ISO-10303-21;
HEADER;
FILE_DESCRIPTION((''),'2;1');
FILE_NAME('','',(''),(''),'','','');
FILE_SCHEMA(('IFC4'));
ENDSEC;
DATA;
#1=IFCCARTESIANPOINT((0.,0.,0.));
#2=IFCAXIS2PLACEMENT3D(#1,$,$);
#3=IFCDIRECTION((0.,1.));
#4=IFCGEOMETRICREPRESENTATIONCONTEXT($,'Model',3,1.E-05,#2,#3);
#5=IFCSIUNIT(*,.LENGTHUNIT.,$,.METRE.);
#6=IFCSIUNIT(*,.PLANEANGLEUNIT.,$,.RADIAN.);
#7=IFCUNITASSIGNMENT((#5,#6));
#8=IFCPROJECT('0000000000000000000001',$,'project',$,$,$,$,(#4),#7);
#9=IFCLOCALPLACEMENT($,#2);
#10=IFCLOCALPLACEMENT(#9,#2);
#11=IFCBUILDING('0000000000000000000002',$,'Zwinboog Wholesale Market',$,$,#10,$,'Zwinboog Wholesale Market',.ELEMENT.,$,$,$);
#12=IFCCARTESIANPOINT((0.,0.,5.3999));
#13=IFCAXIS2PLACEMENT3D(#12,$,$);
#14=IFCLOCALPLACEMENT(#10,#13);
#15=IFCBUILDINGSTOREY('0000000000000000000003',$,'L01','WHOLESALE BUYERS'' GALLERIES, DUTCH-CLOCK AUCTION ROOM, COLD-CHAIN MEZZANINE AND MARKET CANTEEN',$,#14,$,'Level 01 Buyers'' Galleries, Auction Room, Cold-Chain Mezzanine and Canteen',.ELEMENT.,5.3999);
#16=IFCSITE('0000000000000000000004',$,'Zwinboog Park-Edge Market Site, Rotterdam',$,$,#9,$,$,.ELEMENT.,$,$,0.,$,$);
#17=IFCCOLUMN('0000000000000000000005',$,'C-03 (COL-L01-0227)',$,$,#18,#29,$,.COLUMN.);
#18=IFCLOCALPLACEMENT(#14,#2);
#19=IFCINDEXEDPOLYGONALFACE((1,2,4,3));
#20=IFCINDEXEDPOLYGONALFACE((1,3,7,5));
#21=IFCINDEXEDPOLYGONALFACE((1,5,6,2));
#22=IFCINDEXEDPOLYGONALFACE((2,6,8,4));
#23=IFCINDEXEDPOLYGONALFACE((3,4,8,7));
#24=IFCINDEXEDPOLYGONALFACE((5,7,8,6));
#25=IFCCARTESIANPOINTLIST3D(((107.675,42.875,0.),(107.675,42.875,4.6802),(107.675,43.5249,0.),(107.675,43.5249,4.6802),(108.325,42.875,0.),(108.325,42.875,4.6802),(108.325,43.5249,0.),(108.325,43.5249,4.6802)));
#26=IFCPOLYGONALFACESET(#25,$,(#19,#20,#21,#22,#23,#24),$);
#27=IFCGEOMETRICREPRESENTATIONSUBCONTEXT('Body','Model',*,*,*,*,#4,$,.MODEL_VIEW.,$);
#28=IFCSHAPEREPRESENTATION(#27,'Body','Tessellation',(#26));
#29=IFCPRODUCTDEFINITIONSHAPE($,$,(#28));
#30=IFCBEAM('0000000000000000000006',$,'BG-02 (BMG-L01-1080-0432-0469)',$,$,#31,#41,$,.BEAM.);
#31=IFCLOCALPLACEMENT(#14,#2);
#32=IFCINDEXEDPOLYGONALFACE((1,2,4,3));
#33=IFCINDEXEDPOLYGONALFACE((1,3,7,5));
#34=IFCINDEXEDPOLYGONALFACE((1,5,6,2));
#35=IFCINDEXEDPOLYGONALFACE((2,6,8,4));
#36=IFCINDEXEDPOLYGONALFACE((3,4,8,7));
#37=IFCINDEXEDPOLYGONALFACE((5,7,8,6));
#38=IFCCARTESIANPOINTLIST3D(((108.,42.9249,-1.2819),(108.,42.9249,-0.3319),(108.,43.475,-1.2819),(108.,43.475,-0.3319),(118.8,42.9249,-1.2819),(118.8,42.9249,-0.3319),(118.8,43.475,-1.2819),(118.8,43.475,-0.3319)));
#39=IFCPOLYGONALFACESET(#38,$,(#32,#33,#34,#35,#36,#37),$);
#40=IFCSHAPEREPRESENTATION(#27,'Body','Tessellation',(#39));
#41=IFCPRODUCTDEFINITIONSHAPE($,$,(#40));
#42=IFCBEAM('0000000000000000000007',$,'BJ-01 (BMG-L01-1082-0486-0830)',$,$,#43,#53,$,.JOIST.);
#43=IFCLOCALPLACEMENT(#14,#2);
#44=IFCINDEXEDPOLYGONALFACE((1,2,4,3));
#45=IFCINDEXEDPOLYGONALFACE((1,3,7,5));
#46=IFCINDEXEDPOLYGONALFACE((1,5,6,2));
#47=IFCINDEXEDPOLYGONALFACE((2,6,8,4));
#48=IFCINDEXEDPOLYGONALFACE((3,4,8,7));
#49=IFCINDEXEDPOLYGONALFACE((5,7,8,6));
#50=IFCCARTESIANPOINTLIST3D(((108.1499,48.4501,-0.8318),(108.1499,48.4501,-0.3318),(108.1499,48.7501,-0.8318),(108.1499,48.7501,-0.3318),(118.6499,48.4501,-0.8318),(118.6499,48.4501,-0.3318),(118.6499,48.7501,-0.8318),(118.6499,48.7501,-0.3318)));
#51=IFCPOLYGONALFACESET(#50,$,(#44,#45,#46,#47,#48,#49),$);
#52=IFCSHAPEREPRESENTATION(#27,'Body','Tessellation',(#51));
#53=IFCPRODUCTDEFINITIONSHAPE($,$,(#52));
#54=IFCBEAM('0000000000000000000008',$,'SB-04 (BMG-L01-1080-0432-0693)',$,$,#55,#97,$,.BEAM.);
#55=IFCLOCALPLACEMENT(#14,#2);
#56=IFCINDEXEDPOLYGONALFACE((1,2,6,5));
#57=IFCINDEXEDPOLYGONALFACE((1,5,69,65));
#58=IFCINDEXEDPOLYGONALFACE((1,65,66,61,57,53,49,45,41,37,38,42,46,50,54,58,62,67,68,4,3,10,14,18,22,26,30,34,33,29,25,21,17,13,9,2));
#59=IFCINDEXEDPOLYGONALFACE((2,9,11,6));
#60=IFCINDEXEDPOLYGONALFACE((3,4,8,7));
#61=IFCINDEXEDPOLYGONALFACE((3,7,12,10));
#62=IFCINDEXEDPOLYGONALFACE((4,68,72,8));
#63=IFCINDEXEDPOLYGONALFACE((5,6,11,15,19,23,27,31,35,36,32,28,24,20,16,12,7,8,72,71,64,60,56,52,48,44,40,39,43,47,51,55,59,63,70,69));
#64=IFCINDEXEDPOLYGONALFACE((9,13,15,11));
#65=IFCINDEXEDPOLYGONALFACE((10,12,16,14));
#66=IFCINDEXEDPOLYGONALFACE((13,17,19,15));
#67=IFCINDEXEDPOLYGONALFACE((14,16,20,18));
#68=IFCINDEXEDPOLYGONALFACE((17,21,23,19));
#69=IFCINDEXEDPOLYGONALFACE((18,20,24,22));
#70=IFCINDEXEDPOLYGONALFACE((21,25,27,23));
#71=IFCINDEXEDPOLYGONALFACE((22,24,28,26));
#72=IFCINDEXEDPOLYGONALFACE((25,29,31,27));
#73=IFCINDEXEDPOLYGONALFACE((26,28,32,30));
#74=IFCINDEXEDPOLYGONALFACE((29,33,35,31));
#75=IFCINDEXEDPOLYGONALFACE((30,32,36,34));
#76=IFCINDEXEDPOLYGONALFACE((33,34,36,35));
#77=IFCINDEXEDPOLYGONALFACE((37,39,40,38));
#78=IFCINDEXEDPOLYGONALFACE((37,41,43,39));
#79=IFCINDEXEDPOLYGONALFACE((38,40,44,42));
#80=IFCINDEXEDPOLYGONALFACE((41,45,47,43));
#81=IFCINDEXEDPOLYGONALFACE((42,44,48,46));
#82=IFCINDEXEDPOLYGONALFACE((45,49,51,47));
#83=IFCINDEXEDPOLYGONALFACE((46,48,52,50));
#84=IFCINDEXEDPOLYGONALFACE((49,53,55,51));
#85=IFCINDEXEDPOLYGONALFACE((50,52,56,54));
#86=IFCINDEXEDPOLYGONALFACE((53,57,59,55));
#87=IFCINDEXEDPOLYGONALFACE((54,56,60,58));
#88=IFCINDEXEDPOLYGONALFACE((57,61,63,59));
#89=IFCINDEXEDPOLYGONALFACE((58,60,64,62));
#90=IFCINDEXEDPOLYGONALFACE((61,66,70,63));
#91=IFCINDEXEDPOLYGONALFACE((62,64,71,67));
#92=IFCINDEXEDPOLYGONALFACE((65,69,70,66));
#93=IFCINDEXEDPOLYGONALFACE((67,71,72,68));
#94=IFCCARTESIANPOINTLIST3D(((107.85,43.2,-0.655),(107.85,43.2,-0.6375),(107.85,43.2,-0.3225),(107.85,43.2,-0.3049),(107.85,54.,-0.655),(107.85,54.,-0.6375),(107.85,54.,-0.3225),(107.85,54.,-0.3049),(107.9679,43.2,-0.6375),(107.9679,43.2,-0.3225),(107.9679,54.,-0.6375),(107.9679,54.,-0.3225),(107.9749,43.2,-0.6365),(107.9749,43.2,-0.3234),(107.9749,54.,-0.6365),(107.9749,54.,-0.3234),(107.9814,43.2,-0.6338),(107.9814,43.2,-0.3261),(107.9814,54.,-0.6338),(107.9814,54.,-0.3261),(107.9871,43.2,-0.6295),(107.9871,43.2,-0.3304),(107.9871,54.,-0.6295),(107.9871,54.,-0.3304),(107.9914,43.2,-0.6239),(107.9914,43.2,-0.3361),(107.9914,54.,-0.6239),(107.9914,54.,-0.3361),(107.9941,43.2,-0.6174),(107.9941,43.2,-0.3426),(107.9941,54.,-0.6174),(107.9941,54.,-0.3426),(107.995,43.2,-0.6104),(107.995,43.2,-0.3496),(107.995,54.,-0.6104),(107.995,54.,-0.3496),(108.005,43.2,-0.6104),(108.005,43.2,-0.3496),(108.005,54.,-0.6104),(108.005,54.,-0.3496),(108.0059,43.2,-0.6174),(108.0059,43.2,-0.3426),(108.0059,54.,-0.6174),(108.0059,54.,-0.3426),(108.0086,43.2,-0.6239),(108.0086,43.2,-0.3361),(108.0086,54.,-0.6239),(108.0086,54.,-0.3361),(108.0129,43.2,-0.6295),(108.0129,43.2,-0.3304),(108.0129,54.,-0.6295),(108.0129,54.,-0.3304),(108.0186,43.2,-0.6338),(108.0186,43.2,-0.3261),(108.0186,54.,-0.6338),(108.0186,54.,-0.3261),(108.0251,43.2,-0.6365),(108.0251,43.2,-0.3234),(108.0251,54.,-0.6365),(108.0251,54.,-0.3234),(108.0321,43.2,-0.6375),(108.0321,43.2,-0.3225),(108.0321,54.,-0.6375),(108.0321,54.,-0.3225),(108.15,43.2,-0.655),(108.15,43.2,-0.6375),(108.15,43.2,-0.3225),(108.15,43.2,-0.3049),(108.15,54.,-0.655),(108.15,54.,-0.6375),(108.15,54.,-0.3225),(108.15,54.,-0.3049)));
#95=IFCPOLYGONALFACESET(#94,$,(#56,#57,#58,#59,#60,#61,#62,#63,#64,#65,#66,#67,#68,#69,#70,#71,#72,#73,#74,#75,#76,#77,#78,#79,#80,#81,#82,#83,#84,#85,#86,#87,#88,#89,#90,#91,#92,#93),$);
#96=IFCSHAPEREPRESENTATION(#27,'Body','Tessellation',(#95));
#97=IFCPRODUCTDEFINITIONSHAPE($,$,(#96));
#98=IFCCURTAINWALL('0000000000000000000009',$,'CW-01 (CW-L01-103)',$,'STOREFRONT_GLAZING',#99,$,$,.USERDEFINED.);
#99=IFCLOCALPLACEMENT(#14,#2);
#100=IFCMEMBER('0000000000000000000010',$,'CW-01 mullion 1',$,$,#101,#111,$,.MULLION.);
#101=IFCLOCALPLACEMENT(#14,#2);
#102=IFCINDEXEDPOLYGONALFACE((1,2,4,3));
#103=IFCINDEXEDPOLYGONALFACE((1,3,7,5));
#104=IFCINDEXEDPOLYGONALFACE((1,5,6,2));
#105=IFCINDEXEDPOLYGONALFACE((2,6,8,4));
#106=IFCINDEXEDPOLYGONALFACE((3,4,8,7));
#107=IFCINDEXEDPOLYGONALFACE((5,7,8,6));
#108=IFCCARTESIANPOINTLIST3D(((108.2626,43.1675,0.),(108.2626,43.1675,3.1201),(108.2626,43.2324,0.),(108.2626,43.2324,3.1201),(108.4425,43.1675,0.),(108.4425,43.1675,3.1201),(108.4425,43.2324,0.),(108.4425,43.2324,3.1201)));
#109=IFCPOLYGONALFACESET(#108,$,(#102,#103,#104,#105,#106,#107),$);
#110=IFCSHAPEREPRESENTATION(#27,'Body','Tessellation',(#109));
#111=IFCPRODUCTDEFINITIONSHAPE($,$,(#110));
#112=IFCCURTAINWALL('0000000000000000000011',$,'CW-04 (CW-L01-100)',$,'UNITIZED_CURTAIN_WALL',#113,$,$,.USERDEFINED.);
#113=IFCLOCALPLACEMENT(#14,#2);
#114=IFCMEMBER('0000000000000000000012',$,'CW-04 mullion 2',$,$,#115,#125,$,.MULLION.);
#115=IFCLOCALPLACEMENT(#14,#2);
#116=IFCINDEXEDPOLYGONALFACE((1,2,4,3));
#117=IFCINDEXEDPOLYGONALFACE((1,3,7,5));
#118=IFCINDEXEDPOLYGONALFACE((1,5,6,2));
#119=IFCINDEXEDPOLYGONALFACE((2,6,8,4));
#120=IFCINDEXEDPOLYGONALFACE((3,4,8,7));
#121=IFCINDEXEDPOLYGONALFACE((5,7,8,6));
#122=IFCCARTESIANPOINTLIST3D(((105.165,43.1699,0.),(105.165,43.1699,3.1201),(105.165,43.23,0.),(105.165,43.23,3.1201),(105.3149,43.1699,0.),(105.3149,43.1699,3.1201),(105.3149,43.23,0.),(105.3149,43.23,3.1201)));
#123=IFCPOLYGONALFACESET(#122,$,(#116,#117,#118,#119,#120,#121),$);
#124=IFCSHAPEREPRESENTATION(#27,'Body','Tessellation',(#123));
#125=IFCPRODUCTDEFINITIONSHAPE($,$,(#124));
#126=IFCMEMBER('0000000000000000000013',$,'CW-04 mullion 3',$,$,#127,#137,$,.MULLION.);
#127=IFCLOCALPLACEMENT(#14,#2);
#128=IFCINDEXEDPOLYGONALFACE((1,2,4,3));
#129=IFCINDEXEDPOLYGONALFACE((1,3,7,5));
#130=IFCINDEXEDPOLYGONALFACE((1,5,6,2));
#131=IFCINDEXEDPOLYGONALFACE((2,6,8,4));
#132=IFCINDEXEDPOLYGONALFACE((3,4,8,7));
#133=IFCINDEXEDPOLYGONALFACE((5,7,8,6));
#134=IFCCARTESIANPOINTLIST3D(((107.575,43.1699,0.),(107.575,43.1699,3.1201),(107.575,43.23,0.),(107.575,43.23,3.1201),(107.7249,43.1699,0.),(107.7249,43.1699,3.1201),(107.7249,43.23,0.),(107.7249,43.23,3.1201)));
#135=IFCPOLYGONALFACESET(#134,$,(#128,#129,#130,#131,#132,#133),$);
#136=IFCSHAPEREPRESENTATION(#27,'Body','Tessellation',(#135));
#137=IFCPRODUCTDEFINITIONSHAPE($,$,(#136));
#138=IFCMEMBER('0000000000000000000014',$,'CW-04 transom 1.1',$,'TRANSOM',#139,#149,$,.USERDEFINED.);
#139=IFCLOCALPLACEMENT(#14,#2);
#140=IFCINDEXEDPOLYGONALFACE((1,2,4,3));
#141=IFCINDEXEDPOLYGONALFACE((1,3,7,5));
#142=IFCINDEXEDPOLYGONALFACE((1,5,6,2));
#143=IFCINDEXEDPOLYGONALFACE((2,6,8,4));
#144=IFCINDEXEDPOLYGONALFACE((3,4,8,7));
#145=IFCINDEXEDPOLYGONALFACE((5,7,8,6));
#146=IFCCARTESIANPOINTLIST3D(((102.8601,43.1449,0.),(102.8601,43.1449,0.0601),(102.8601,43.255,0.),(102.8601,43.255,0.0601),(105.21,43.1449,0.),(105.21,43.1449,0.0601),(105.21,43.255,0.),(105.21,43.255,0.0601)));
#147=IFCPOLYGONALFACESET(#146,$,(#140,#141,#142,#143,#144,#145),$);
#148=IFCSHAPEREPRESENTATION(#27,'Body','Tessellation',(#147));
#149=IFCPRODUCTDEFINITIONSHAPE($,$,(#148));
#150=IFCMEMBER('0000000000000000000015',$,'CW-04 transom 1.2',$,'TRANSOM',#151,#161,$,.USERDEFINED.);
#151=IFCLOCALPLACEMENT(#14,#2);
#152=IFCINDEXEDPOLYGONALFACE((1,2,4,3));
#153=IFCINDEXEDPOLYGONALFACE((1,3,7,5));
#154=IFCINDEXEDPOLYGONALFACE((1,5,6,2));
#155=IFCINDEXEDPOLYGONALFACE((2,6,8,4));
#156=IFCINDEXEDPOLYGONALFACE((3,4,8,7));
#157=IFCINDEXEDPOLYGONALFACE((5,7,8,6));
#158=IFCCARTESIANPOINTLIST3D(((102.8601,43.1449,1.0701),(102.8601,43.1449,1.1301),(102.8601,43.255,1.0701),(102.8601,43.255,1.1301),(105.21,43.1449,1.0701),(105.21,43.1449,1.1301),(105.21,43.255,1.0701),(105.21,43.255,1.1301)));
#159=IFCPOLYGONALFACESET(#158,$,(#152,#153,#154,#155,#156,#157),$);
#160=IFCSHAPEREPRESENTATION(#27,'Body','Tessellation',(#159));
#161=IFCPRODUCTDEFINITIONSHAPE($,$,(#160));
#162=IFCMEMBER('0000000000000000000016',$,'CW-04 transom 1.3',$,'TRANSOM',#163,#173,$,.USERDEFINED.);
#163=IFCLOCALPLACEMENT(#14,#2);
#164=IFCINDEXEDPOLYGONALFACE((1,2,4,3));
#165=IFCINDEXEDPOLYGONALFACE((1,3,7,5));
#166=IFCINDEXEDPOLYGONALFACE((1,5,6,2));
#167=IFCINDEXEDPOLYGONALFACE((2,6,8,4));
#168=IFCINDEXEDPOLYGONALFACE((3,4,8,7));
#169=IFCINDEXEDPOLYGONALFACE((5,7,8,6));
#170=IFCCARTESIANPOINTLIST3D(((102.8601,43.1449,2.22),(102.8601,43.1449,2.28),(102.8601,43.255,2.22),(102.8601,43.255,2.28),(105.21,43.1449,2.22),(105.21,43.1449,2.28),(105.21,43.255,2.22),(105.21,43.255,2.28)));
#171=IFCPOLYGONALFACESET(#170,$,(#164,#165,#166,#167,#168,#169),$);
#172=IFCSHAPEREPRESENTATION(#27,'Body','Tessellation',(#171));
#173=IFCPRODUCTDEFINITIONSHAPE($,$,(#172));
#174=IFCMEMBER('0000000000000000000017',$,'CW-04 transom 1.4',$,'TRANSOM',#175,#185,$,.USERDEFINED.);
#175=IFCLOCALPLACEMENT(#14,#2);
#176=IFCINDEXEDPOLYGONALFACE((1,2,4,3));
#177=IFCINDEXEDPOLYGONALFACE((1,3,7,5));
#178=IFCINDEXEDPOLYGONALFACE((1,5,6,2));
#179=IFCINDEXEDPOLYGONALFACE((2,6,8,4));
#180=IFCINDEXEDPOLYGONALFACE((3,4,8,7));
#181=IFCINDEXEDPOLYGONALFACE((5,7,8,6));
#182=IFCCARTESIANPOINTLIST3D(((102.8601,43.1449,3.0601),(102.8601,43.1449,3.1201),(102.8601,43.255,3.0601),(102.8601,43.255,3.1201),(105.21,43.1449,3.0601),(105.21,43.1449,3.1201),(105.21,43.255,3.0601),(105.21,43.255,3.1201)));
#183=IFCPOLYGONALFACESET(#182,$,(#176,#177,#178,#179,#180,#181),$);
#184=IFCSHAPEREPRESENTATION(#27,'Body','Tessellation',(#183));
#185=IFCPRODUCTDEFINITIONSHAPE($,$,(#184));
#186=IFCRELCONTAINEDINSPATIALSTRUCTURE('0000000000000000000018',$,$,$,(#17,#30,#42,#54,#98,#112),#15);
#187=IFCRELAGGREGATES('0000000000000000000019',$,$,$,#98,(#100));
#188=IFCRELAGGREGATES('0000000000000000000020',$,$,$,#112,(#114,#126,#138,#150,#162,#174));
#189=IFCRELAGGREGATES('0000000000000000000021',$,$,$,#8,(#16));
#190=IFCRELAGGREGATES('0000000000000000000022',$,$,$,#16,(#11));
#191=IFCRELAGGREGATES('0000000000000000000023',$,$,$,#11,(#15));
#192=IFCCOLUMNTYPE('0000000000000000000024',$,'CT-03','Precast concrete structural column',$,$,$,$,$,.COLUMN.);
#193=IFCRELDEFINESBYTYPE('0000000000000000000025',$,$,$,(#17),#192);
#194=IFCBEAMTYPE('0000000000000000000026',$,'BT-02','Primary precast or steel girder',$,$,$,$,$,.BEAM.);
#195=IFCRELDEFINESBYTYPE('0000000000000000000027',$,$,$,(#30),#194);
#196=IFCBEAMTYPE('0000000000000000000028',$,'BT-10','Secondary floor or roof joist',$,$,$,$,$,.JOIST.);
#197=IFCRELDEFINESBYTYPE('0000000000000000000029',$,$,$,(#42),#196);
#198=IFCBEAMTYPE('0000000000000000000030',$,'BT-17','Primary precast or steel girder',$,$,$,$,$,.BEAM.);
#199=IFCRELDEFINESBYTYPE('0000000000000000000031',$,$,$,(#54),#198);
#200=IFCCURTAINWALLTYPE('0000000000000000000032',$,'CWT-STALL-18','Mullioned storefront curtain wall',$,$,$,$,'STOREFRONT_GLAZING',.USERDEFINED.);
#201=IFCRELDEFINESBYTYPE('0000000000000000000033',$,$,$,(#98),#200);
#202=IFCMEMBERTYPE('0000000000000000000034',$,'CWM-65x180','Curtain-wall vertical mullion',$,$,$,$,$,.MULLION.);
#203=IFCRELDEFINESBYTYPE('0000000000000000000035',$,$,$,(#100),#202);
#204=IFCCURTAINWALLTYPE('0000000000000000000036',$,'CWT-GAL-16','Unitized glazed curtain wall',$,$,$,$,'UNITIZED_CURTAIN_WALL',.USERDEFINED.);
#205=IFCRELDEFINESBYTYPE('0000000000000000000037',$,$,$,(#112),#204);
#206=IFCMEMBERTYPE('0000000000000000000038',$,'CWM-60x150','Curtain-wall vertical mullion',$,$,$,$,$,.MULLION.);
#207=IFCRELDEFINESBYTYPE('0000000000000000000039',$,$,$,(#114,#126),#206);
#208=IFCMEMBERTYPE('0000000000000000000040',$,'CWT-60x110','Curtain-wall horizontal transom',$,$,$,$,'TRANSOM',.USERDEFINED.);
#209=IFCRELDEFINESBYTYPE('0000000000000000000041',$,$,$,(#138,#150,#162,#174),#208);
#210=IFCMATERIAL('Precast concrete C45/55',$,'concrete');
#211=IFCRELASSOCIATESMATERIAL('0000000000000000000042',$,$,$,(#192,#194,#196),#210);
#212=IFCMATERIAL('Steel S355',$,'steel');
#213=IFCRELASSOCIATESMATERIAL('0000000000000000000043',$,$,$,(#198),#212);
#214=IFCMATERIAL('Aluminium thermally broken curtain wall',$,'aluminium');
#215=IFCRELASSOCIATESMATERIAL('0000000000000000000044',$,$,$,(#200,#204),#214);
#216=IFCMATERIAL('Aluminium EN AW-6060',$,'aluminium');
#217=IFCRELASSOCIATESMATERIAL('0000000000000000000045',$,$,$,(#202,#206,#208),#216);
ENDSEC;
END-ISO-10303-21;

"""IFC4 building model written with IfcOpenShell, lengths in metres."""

from ifc_helpers import new_model, si_unit, direction, frame, origin, origin_2d, place, context, subcontext, project, spatial, rectangle, i_section, extrude, material, material_profile, profile_set, type_object, element, aggregate, save


model = new_model("IFC4")

# Units and contexts
model_context = context("Model", 3, precision=1e-05, world=origin(), true_north=direction((0.0, 1.0)))
body_context = subcontext(model_context, "Body", "Model", "MODEL_VIEW")
ifc_project = project(units=[si_unit("LENGTHUNIT", "METRE"), si_unit("PLANEANGLEUNIT", "RADIAN")], contexts=[model_context])

# Site, building, storey
site_placement = place(None, origin())
site = spatial("IfcSite", under=ifc_project, at=site_placement, Name="Zwinboog Park-Edge Market Site, Rotterdam", CompositionType="ELEMENT", RefElevation=0.0)
building_placement = place(site_placement, origin())
building = spatial("IfcBuilding", under=site, at=building_placement, Name="Zwinboog Wholesale Market", LongName="Zwinboog Wholesale Market", CompositionType="ELEMENT")
storey_placement = place(building_placement, frame((0.0, 0.0, 5.3999)))
storey = spatial("IfcBuildingStorey", under=building, at=storey_placement, Name="L01", Description="WHOLESALE BUYERS' GALLERIES, DUTCH-CLOCK AUCTION ROOM, COLD-CHAIN MEZZANINE AND MARKET CANTEEN", LongName="Level 01 Buyers' Galleries, Auction Room, Cold-Chain Mezzanine and Canteen", CompositionType="ELEMENT", Elevation=5.3999)

# Column
ifc_material_1 = material(Name="Precast concrete C45/55", Category="concrete")
ifc_material_profile_1 = material_profile(ifc_material_1, rectangle(XDim=0.6499, YDim=0.6499, at=origin_2d()), Name="PC 650x650")
ifc_profile_set_1 = profile_set([ifc_material_profile_1], Name="Precast concrete C45/55")
column_type = type_object("IfcColumnType", Name="CT-03", Description="Precast concrete structural column", PredefinedType="COLUMN", material=ifc_profile_set_1)
column_placement = place(storey_placement, frame((108.0, 43.2, 0.0), z_axis=(0.0, 0.0, 1.0), x_axis=(1.0, 0.0, 0.0)))
element("IfcColumn", 1, at=column_placement, inside=storey, type_object=column_type, Name="C-03 (COL-L01-0227)", PredefinedType="COLUMN", context=body_context, shape_type="SweptSolid", body=[
    extrude(rectangle(XDim=0.6499, YDim=0.6499, at=origin_2d()), origin(), (0.0, 0.0, 1.0), 4.6802),
])

# Beams
ifc_material_profile_2 = material_profile(ifc_material_1, rectangle(XDim=0.55, YDim=0.95, at=origin_2d()), Name="PC 550x950")
ifc_profile_set_2 = profile_set([ifc_material_profile_2], Name="Precast concrete C45/55")
beam_type_1 = type_object("IfcBeamType", Name="BT-02", Description="Primary precast or steel girder", PredefinedType="BEAM", material=ifc_profile_set_2)
beam_1_placement = place(storey_placement, frame((108.0, 43.2, -0.8069), z_axis=(1.0, 0.0, 0.0), x_axis=(0.0, 1.0, 0.0)))
element("IfcBeam", 2, at=beam_1_placement, inside=storey, type_object=beam_type_1, Name="BG-02 (BMG-L01-1080-0432-0469)", PredefinedType="BEAM", context=body_context, shape_type="SweptSolid", body=[
    extrude(rectangle(XDim=0.55, YDim=0.95, at=origin_2d()), origin(), (0.0, 0.0, 1.0), 10.8),
])
ifc_material_profile_3 = material_profile(ifc_material_1, rectangle(XDim=0.3, YDim=0.5, at=origin_2d()), Name="PC 300x500")
ifc_profile_set_3 = profile_set([ifc_material_profile_3], Name="Precast concrete C45/55")
beam_type_2 = type_object("IfcBeamType", Name="BT-10", Description="Secondary floor or roof joist", PredefinedType="JOIST", material=ifc_profile_set_3)
beam_2_placement = place(storey_placement, frame((108.1499, 48.6001, -0.5818), z_axis=(1.0, 0.0, 0.0), x_axis=(0.0, 1.0, 0.0)))
element("IfcBeam", 3, at=beam_2_placement, inside=storey, type_object=beam_type_2, Name="BJ-01 (BMG-L01-1082-0486-0830)", PredefinedType="JOIST", context=body_context, shape_type="SweptSolid", body=[
    extrude(rectangle(XDim=0.3, YDim=0.5, at=origin_2d()), origin(), (0.0, 0.0, 1.0), 10.5),
])
ifc_material_2 = material(Name="Steel S355", Category="steel")
ifc_material_profile_4 = material_profile(ifc_material_2, i_section(OverallWidth=0.3, OverallDepth=0.3501, WebThickness=0.01, FlangeThickness=0.0176, FilletRadius=0.0271, at=origin_2d()), Name="HEA 360")
ifc_profile_set_4 = profile_set([ifc_material_profile_4], Name="Steel S355")
beam_type_3 = type_object("IfcBeamType", Name="BT-17", Description="Primary precast or steel girder", PredefinedType="BEAM", material=ifc_profile_set_4)
beam_3_placement = place(storey_placement, frame((108.0, 43.2, -0.48), z_axis=(0.0, 1.0, 0.0), x_axis=(-1.0, 0.0, 0.0)))
element("IfcBeam", 4, at=beam_3_placement, inside=storey, type_object=beam_type_3, Name="SB-04 (BMG-L01-1080-0432-0693)", PredefinedType="BEAM", context=body_context, shape_type="SweptSolid", body=[
    extrude(i_section(OverallWidth=0.3, OverallDepth=0.3501, WebThickness=0.01, FlangeThickness=0.0176, FilletRadius=0.0271, at=origin_2d()), origin(), (0.0, 0.0, 1.0), 10.8),
])

# Curtain wall, member
ifc_material_3 = material(Name="Aluminium thermally broken curtain wall", Category="aluminium")
curtain_wall_type_1 = type_object("IfcCurtainWallType", Name="CWT-STALL-18", Description="Mullioned storefront curtain wall", ElementType="STOREFRONT_GLAZING", PredefinedType="USERDEFINED", material=ifc_material_3)
curtain_wall_1_placement = place(storey_placement, origin())
curtain_wall_1 = element("IfcCurtainWall", 5, at=curtain_wall_1_placement, inside=storey, type_object=curtain_wall_type_1, Name="CW-01 (CW-L01-103)", ObjectType="STOREFRONT_GLAZING", PredefinedType="USERDEFINED")
ifc_material_4 = material(Name="Aluminium EN AW-6060", Category="aluminium")
ifc_material_profile_5 = material_profile(ifc_material_4, rectangle(XDim=0.0649, YDim=0.1799, at=origin_2d()), Name="AL 65x180")
ifc_profile_set_5 = profile_set([ifc_material_profile_5], Name="Aluminium EN AW-6060")
member_type_1 = type_object("IfcMemberType", Name="CWM-65x180", Description="Curtain-wall vertical mullion", PredefinedType="MULLION", material=ifc_profile_set_5)
member_1_placement = place(storey_placement, frame((108.3525, 43.2, 0.0), z_axis=(0.0, 0.0, 1.0), x_axis=(0.0, 1.0, 0.0)))
member_1 = element("IfcMember", 6, at=member_1_placement, type_object=member_type_1, Name="CW-01 mullion 1", PredefinedType="MULLION", context=body_context, shape_type="SweptSolid", body=[
    extrude(rectangle(XDim=0.0649, YDim=0.1799, at=origin_2d()), origin(), (0.0, 0.0, 1.0), 3.1201),
])
aggregate(curtain_wall_1, [member_1])

# Curtain wall, members
curtain_wall_type_2 = type_object("IfcCurtainWallType", Name="CWT-GAL-16", Description="Unitized glazed curtain wall", ElementType="UNITIZED_CURTAIN_WALL", PredefinedType="USERDEFINED", material=ifc_material_3)
curtain_wall_2_placement = place(storey_placement, origin())
curtain_wall_2 = element("IfcCurtainWall", 7, at=curtain_wall_2_placement, inside=storey, type_object=curtain_wall_type_2, Name="CW-04 (CW-L01-100)", ObjectType="UNITIZED_CURTAIN_WALL", PredefinedType="USERDEFINED")
ifc_material_profile_6 = material_profile(ifc_material_4, rectangle(XDim=0.0601, YDim=0.1499, at=origin_2d()), Name="AL 60x150")
ifc_profile_set_6 = profile_set([ifc_material_profile_6], Name="Aluminium EN AW-6060")
member_type_2 = type_object("IfcMemberType", Name="CWM-60x150", Description="Curtain-wall vertical mullion", PredefinedType="MULLION", material=ifc_profile_set_6)
member_2_placement = place(storey_placement, frame((105.24, 43.2, 0.0), z_axis=(0.0, 0.0, 1.0), x_axis=(0.0, 1.0, 0.0)))
member_2 = element("IfcMember", 8, at=member_2_placement, type_object=member_type_2, Name="CW-04 mullion 2", PredefinedType="MULLION", context=body_context, shape_type="SweptSolid", body=[
    extrude(rectangle(XDim=0.0601, YDim=0.1499, at=origin_2d()), origin(), (0.0, 0.0, 1.0), 3.1201),
])
member_3_placement = place(storey_placement, frame((107.6499, 43.2, 0.0), z_axis=(0.0, 0.0, 1.0), x_axis=(0.0, 1.0, 0.0)))
member_3 = element("IfcMember", 9, at=member_3_placement, type_object=member_type_2, Name="CW-04 mullion 3", PredefinedType="MULLION", context=body_context, shape_type="SweptSolid", body=[
    extrude(rectangle(XDim=0.0601, YDim=0.1499, at=origin_2d()), origin(), (0.0, 0.0, 1.0), 3.1201),
])
ifc_material_profile_7 = material_profile(ifc_material_4, rectangle(XDim=0.1101, YDim=0.0601, at=origin_2d()), Name="AL 60x110")
ifc_profile_set_7 = profile_set([ifc_material_profile_7], Name="Aluminium EN AW-6060")
member_type_3 = type_object("IfcMemberType", Name="CWT-60x110", Description="Curtain-wall horizontal transom", ElementType="TRANSOM", PredefinedType="USERDEFINED", material=ifc_profile_set_7)
member_4_placement = place(storey_placement, frame((102.8601, 43.2, 0.03), z_axis=(1.0, 0.0, 0.0), x_axis=(0.0, 1.0, 0.0)))
member_4 = element("IfcMember", 10, at=member_4_placement, type_object=member_type_3, Name="CW-04 transom 1.1", ObjectType="TRANSOM", PredefinedType="USERDEFINED", context=body_context, shape_type="SweptSolid", body=[
    extrude(rectangle(XDim=0.1101, YDim=0.0601, at=origin_2d()), origin(), (0.0, 0.0, 1.0), 2.3499),
])
member_5_placement = place(storey_placement, frame((102.8601, 43.2, 1.1001), z_axis=(1.0, 0.0, 0.0), x_axis=(0.0, 1.0, 0.0)))
member_5 = element("IfcMember", 11, at=member_5_placement, type_object=member_type_3, Name="CW-04 transom 1.2", ObjectType="TRANSOM", PredefinedType="USERDEFINED", context=body_context, shape_type="SweptSolid", body=[
    extrude(rectangle(XDim=0.1101, YDim=0.0601, at=origin_2d()), origin(), (0.0, 0.0, 1.0), 2.3499),
])
member_6_placement = place(storey_placement, frame((102.8601, 43.2, 2.25), z_axis=(1.0, 0.0, 0.0), x_axis=(0.0, 1.0, 0.0)))
member_6 = element("IfcMember", 12, at=member_6_placement, type_object=member_type_3, Name="CW-04 transom 1.3", ObjectType="TRANSOM", PredefinedType="USERDEFINED", context=body_context, shape_type="SweptSolid", body=[
    extrude(rectangle(XDim=0.1101, YDim=0.0601, at=origin_2d()), origin(), (0.0, 0.0, 1.0), 2.3499),
])
member_7_placement = place(storey_placement, frame((102.8601, 43.2, 3.0901), z_axis=(1.0, 0.0, 0.0), x_axis=(0.0, 1.0, 0.0)))
member_7 = element("IfcMember", 13, at=member_7_placement, type_object=member_type_3, Name="CW-04 transom 1.4", ObjectType="TRANSOM", PredefinedType="USERDEFINED", context=body_context, shape_type="SweptSolid", body=[
    extrude(rectangle(XDim=0.1101, YDim=0.0601, at=origin_2d()), origin(), (0.0, 0.0, 1.0), 2.3499),
])
aggregate(curtain_wall_2, [member_2, member_3, member_4, member_5, member_6, member_7])

save(model, "model.ifc")
